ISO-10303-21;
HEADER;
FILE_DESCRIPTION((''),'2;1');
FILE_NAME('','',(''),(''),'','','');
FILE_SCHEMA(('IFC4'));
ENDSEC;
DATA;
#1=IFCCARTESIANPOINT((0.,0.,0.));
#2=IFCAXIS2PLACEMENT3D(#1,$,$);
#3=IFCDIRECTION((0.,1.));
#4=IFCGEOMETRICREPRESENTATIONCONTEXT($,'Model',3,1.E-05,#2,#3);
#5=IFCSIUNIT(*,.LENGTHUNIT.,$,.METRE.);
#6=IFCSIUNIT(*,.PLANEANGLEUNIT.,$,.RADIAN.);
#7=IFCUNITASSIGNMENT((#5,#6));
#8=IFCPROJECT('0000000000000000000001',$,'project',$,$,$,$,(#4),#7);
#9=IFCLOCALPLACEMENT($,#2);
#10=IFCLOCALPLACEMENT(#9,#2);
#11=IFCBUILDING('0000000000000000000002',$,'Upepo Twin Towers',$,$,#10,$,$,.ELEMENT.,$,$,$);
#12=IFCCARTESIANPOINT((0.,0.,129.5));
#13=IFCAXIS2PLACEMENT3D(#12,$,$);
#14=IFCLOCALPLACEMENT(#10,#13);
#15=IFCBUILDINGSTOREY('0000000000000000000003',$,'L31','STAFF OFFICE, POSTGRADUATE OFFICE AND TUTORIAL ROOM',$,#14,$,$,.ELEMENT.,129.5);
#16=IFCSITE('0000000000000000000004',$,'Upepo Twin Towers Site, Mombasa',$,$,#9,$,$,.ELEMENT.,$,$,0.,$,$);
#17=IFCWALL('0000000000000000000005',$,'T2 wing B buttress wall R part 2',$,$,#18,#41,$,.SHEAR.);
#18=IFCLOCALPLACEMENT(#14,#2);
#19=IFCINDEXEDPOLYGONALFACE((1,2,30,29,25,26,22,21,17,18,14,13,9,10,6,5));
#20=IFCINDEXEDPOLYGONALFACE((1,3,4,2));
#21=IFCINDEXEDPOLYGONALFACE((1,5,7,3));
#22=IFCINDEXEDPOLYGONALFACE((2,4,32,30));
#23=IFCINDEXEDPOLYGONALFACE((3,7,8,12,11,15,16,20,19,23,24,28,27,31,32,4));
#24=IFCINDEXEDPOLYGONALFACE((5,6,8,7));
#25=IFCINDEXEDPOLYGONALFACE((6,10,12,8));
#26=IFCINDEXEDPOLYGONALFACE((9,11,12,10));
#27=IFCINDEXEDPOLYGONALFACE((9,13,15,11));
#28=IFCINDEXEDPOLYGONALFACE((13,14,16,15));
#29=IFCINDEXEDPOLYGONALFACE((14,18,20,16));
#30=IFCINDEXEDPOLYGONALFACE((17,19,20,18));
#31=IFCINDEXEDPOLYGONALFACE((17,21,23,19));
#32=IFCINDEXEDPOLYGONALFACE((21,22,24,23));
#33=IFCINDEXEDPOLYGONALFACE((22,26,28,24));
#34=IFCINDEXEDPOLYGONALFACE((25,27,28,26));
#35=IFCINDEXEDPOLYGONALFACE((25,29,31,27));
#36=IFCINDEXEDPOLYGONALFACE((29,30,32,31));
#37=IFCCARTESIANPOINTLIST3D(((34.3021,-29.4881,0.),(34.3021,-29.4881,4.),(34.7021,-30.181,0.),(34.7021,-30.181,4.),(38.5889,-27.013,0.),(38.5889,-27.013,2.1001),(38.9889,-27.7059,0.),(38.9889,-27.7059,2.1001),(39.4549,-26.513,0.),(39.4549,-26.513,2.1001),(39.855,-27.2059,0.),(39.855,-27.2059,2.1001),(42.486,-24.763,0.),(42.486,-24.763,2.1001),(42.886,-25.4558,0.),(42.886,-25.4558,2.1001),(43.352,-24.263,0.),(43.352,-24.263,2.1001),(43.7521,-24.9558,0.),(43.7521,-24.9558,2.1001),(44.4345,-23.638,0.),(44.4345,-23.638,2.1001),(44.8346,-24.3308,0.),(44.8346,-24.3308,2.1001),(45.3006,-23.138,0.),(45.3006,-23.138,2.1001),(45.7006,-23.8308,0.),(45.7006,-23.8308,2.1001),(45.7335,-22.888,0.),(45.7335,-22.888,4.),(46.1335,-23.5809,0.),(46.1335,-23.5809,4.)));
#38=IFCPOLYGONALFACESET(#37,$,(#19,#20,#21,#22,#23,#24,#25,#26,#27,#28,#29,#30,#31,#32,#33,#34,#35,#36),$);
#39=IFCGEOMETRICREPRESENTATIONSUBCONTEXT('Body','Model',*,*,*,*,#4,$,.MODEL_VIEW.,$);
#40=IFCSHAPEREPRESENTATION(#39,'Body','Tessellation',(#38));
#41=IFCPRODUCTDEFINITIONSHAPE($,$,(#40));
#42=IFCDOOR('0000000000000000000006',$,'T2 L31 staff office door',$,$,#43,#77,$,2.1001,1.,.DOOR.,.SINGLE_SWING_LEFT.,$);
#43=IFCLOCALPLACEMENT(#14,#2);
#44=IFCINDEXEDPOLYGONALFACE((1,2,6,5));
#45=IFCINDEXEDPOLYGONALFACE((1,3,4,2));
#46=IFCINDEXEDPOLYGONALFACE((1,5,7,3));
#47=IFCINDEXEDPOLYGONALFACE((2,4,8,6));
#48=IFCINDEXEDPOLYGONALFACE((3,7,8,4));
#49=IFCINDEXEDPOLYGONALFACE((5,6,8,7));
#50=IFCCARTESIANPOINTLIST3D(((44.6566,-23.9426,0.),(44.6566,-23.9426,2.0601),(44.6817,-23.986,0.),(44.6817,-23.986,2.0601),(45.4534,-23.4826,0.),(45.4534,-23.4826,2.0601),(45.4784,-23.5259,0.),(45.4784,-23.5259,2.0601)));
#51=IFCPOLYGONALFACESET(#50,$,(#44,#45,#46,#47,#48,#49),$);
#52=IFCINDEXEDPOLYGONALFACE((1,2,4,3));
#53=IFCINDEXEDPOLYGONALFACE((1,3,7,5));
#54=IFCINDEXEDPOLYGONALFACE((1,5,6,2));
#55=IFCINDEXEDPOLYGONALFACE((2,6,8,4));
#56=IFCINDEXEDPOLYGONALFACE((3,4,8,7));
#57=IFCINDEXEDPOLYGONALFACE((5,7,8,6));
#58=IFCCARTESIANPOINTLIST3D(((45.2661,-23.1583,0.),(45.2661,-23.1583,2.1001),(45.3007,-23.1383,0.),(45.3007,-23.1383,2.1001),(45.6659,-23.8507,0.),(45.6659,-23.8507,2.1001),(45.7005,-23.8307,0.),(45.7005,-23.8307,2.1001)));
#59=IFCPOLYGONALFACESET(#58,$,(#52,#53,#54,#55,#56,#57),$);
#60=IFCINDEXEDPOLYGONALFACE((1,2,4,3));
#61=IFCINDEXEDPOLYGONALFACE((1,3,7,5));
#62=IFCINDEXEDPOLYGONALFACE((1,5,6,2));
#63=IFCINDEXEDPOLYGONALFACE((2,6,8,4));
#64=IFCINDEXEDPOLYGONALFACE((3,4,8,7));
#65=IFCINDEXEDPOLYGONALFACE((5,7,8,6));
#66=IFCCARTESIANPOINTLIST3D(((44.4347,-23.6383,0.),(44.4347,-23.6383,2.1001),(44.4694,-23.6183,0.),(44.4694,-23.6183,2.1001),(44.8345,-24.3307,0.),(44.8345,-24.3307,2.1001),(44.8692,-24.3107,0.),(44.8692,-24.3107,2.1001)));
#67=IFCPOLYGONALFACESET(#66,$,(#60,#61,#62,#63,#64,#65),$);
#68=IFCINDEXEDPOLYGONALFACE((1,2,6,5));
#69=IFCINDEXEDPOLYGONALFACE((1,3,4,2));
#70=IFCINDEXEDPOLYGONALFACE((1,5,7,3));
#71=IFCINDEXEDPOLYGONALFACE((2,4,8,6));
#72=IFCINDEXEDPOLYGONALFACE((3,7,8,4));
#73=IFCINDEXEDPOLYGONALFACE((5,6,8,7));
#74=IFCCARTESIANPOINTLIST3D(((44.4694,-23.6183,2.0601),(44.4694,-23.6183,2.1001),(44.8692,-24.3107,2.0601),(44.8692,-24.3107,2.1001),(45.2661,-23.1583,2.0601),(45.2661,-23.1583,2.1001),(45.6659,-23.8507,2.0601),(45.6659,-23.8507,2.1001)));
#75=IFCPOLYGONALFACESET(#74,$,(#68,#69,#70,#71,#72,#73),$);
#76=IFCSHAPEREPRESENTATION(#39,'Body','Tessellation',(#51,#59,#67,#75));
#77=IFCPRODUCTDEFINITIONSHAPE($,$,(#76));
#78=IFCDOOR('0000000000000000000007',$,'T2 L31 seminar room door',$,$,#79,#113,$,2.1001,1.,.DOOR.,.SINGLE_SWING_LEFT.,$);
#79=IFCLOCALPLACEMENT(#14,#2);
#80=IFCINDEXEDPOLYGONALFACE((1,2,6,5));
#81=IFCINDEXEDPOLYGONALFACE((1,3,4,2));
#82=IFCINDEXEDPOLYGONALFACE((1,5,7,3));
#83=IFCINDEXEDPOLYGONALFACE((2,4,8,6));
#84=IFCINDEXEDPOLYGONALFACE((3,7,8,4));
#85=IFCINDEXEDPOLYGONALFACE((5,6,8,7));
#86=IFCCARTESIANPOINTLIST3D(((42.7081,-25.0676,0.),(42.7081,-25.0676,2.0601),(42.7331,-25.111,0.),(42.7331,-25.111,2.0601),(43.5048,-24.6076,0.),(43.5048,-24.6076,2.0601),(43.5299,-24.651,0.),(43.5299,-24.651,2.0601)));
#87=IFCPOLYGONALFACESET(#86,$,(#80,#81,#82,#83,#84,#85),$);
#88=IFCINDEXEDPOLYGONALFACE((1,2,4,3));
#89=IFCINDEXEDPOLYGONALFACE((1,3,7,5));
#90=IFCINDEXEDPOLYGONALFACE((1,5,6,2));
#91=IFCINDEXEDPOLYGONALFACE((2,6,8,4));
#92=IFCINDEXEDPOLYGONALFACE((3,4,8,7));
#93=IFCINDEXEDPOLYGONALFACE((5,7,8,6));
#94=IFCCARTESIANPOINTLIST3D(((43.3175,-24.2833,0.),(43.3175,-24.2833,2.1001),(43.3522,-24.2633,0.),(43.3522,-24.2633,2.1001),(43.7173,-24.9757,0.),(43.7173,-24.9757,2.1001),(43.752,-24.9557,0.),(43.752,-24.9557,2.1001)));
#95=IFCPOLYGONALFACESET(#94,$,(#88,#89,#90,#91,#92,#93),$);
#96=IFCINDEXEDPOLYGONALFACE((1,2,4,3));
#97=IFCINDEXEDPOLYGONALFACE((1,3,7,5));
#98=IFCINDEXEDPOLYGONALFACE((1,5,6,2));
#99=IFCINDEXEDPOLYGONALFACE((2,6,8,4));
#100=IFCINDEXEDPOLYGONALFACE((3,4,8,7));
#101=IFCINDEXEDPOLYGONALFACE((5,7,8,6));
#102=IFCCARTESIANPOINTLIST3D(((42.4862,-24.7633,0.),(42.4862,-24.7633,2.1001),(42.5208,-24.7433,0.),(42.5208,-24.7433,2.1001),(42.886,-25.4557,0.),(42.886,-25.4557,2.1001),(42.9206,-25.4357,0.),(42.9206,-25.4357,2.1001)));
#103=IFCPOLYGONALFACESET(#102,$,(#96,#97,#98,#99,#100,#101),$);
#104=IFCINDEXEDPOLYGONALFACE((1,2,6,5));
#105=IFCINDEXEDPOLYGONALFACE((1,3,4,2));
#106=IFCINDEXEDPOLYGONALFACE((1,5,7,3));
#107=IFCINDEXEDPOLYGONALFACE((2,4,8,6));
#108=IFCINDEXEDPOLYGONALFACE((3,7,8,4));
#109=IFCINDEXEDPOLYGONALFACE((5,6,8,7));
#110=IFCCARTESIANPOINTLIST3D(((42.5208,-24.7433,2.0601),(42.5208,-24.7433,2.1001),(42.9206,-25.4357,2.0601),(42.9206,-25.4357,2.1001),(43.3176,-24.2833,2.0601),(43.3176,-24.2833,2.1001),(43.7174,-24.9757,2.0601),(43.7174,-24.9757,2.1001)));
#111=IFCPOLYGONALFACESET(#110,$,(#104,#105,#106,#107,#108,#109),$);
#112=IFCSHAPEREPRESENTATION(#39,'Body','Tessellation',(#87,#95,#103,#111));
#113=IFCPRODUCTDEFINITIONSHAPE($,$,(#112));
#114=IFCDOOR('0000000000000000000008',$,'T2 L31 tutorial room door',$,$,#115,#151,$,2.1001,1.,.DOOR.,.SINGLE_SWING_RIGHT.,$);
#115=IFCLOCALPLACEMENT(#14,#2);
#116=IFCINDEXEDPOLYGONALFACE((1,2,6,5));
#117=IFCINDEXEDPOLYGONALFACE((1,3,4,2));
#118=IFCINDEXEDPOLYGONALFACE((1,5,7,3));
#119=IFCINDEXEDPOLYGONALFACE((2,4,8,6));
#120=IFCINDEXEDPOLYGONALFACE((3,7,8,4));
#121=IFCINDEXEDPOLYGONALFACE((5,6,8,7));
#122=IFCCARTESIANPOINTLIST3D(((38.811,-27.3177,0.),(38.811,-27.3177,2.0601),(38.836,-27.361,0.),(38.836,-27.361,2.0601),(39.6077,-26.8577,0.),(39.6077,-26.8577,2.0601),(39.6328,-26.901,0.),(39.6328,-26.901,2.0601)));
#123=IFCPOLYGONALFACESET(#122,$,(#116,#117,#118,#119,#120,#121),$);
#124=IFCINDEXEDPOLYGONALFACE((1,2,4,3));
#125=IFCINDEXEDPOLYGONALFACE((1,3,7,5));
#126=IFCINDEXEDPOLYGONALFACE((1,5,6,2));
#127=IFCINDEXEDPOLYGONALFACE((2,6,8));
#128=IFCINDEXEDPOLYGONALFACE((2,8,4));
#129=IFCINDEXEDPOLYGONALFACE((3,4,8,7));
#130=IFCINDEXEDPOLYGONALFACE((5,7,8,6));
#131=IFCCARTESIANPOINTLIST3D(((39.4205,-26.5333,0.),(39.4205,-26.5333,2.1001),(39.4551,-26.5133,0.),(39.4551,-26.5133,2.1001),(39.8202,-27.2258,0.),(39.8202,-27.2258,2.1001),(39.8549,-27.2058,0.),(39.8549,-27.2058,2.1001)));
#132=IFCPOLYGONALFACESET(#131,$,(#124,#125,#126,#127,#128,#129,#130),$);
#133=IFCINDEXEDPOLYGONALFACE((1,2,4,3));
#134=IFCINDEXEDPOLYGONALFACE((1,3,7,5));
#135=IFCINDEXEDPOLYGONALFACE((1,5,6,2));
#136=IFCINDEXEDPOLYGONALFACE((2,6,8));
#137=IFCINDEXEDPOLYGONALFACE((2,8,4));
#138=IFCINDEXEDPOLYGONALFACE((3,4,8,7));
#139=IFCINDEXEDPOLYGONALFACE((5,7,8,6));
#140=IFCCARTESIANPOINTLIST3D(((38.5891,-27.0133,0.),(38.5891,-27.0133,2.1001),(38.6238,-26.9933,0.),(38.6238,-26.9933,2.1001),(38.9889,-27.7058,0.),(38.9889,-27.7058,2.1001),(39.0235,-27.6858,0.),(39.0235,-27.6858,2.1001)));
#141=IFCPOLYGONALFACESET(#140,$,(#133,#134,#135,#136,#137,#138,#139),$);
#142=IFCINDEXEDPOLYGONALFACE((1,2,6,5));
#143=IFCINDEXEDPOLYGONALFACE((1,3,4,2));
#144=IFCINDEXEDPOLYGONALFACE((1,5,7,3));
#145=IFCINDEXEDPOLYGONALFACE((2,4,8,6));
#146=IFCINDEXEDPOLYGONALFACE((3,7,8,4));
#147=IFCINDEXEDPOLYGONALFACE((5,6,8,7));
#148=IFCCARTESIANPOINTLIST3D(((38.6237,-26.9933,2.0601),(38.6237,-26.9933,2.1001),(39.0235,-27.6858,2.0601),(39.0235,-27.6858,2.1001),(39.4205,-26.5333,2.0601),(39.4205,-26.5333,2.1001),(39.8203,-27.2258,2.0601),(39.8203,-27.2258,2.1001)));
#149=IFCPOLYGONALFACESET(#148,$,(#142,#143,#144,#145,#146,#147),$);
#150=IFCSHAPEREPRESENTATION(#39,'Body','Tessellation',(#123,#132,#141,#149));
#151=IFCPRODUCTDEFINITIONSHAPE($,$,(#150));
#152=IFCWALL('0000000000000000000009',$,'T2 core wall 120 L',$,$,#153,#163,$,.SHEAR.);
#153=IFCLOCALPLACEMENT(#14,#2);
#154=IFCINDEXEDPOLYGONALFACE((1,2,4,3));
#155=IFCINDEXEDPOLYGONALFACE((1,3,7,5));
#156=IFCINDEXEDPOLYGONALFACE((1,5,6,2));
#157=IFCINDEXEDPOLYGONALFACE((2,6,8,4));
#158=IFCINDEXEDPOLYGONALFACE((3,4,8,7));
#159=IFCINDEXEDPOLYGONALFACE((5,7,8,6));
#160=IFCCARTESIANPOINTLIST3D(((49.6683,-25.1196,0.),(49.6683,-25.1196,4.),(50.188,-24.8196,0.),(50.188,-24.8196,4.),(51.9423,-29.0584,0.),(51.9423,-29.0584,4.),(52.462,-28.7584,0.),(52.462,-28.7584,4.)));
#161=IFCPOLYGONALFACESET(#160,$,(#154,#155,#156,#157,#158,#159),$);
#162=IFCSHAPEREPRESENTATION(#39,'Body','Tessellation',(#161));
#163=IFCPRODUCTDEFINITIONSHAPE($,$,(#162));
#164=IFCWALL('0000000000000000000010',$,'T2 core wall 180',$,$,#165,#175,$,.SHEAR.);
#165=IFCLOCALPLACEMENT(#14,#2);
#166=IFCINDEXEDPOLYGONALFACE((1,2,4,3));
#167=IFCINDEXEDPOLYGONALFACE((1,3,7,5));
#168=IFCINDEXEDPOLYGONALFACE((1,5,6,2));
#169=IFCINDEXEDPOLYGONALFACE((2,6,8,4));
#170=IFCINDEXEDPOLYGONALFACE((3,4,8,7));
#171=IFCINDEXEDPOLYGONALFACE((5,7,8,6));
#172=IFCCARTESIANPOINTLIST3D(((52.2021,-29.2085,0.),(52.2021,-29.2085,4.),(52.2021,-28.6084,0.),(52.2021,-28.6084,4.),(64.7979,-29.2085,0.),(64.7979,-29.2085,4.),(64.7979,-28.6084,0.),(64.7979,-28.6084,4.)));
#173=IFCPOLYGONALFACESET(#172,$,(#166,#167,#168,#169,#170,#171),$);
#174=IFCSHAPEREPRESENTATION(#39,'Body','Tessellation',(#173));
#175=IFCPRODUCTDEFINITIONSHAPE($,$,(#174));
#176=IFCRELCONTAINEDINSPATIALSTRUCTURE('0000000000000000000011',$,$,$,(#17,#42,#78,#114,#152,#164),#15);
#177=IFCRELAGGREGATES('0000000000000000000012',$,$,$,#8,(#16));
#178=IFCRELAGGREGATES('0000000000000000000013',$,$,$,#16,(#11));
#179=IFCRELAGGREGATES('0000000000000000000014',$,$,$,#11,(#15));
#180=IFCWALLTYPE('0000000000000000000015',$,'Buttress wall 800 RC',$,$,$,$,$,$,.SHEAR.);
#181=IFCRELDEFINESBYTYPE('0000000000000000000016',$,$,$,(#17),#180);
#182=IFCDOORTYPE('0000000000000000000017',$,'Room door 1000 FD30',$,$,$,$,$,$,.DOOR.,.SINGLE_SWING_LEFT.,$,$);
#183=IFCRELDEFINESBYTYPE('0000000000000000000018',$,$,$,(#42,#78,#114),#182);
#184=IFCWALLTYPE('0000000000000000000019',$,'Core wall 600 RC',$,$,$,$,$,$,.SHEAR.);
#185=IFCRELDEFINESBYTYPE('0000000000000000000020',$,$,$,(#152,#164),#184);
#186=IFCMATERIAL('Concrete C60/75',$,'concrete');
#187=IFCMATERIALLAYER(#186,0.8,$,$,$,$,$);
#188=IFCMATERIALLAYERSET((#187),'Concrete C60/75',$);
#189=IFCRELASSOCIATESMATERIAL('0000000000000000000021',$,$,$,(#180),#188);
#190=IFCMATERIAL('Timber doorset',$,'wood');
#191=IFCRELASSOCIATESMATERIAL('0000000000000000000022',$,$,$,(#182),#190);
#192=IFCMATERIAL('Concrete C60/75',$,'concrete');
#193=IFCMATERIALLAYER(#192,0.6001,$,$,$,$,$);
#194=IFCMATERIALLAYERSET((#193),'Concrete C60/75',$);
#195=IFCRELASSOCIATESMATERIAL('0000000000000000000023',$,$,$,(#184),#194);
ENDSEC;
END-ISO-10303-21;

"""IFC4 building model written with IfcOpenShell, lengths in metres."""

from ifc_helpers import new_model, si_unit, direction, frame, frame_2d, origin, place, context, subcontext, project, spatial, rectangle, extrude, material, layer, layer_set, type_object, element, fill, save


model = new_model("IFC4")

# Units and contexts
model_context = context("Model", 3, precision=1e-05, world=origin(), true_north=direction((0.0, 1.0)))
body_context = subcontext(model_context, "Body", "Model", "MODEL_VIEW")
ifc_project = project(units=[si_unit("LENGTHUNIT", "METRE"), si_unit("PLANEANGLEUNIT", "RADIAN")], contexts=[model_context])

# Site, building, storey
site_placement = place(None, origin())
site = spatial("IfcSite", under=ifc_project, at=site_placement, Name="Upepo Twin Towers Site, Mombasa", CompositionType="ELEMENT", RefElevation=0.0)
building_placement = place(site_placement, origin())
building = spatial("IfcBuilding", under=site, at=building_placement, Name="Upepo Twin Towers", CompositionType="ELEMENT")
storey_placement = place(building_placement, frame((0.0, 0.0, 129.5)))
storey = spatial("IfcBuildingStorey", under=building, at=storey_placement, Name="L31", Description="STAFF OFFICE, POSTGRADUATE OFFICE AND TUTORIAL ROOM", CompositionType="ELEMENT", Elevation=129.5)

# Wall, openings, doors
ifc_material_1 = material(Name="Concrete C60/75", Category="concrete")
ifc_layer_1 = layer(ifc_material_1, 0.8)
ifc_layer_set_1 = layer_set([ifc_layer_1], Name="Concrete C60/75")
wall_type_1 = type_object("IfcWallType", Name="Buttress wall 800 RC", PredefinedType="SHEAR", material=ifc_layer_set_1)
ifc_material_2 = material(Name="Timber doorset", Category="wood")
door_type_1 = type_object("IfcDoorType", Name="Room door 1000 FD30", OperationType="SINGLE_SWING_LEFT", PredefinedType="DOOR", material=ifc_material_2)
wall_1_placement = place(storey_placement, frame((45.9336, -23.2344, 0.0), z_axis=(0.0, 0.0, 1.0), x_axis=(-0.86602, -0.50001, 0.0)))
wall_1 = element("IfcWall", 1, at=wall_1_placement, inside=storey, type_object=wall_type_1, Name="T2 wing B buttress wall R part 2", PredefinedType="SHEAR", context=body_context, shape_type="SweptSolid", body=[
    extrude(rectangle(XDim=13.2, YDim=0.8, at=frame_2d((6.6001, 0.0))), origin(), (0.0, 0.0, 1.0), 4.0),
])
opening_1_placement = place(wall_1_placement, frame((0.5, 0.0, 0.0)))
opening_1 = element("IfcOpeningElement", 2, at=opening_1_placement, cuts=wall_1, PredefinedType="OPENING", context=body_context, shape_type="SweptSolid", body=[
    extrude(rectangle(XDim=1.0, YDim=2.1001, at=frame_2d((0.5, 1.05))), frame((0.0, 0.4099, 0.0), z_axis=(0.0, -1.0, 0.0), x_axis=(1.0, 0.0, 0.0)), (0.0, 0.0, 1.0), 0.8201),
])
opening_2_placement = place(wall_1_placement, frame((2.75, 0.0, 0.0)))
opening_2 = element("IfcOpeningElement", 3, at=opening_2_placement, cuts=wall_1, PredefinedType="OPENING", context=body_context, shape_type="SweptSolid", body=[
    extrude(rectangle(XDim=1.0, YDim=2.1001, at=frame_2d((0.5, 1.05))), frame((0.0, 0.4099, 0.0), z_axis=(0.0, -1.0, 0.0), x_axis=(1.0, 0.0, 0.0)), (0.0, 0.0, 1.0), 0.8201),
])
opening_3_placement = place(wall_1_placement, frame((7.25, 0.0, 0.0)))
opening_3 = element("IfcOpeningElement", 4, at=opening_3_placement, cuts=wall_1, PredefinedType="OPENING", context=body_context, shape_type="SweptSolid", body=[
    extrude(rectangle(XDim=1.0, YDim=2.1001, at=frame_2d((0.5, 1.05))), frame((0.0, 0.4099, 0.0), z_axis=(0.0, -1.0, 0.0), x_axis=(1.0, 0.0, 0.0)), (0.0, 0.0, 1.0), 0.8201),
])
door_1_placement = place(opening_1_placement, origin())
door_1 = element("IfcDoor", 5, at=door_1_placement, inside=storey, type_object=door_type_1, Name="T2 L31 staff office door", OperationType="SINGLE_SWING_LEFT", OverallHeight=2.1001, OverallWidth=1.0, PredefinedType="DOOR", context=body_context, shape_type="SweptSolid", body=[
    extrude(rectangle(XDim=0.92, YDim=2.0601, at=frame_2d((0.5, 1.03))), frame((0.0, 0.0249, 0.0), z_axis=(0.0, -1.0, 0.0), x_axis=(1.0, 0.0, 0.0)), (0.0, 0.0, 1.0), 0.05),
    extrude(rectangle(XDim=0.04, YDim=2.1001, at=frame_2d((0.02, 1.05))), frame((0.0, 0.3999, 0.0), z_axis=(0.0, -1.0, 0.0), x_axis=(1.0, 0.0, 0.0)), (0.0, 0.0, 1.0), 0.7996),
    extrude(rectangle(XDim=0.04, YDim=2.1001, at=frame_2d((0.98, 1.05))), frame((0.0, 0.3999, 0.0), z_axis=(0.0, -1.0, 0.0), x_axis=(1.0, 0.0, 0.0)), (0.0, 0.0, 1.0), 0.7996),
    extrude(rectangle(XDim=0.92, YDim=0.04, at=frame_2d((0.5, 2.0801))), frame((0.0, 0.3999, 0.0), z_axis=(0.0, -1.0, 0.0), x_axis=(1.0, 0.0, 0.0)), (0.0, 0.0, 1.0), 0.7996),
])
fill(opening_1, door_1)
door_2_placement = place(opening_2_placement, origin())
door_2 = element("IfcDoor", 6, at=door_2_placement, inside=storey, type_object=door_type_1, Name="T2 L31 seminar room door", OperationType="SINGLE_SWING_LEFT", OverallHeight=2.1001, OverallWidth=1.0, PredefinedType="DOOR", context=body_context, shape_type="SweptSolid", body=[
    extrude(rectangle(XDim=0.92, YDim=2.0601, at=frame_2d((0.5, 1.03))), frame((0.0, 0.0249, 0.0), z_axis=(0.0, -1.0, 0.0), x_axis=(1.0, 0.0, 0.0)), (0.0, 0.0, 1.0), 0.05),
    extrude(rectangle(XDim=0.04, YDim=2.1001, at=frame_2d((0.02, 1.05))), frame((0.0, 0.3999, 0.0), z_axis=(0.0, -1.0, 0.0), x_axis=(1.0, 0.0, 0.0)), (0.0, 0.0, 1.0), 0.7996),
    extrude(rectangle(XDim=0.04, YDim=2.1001, at=frame_2d((0.98, 1.05))), frame((0.0, 0.3999, 0.0), z_axis=(0.0, -1.0, 0.0), x_axis=(1.0, 0.0, 0.0)), (0.0, 0.0, 1.0), 0.7996),
    extrude(rectangle(XDim=0.92, YDim=0.04, at=frame_2d((0.5, 2.0801))), frame((0.0, 0.3999, 0.0), z_axis=(0.0, -1.0, 0.0), x_axis=(1.0, 0.0, 0.0)), (0.0, 0.0, 1.0), 0.7996),
])
fill(opening_2, door_2)
door_3_placement = place(opening_3_placement, origin())
door_3 = element("IfcDoor", 7, at=door_3_placement, inside=storey, type_object=door_type_1, Name="T2 L31 tutorial room door", OperationType="SINGLE_SWING_RIGHT", OverallHeight=2.1001, OverallWidth=1.0, PredefinedType="DOOR", context=body_context, shape_type="SweptSolid", body=[
    extrude(rectangle(XDim=0.92, YDim=2.0601, at=frame_2d((0.5, 1.03))), frame((0.0, 0.0249, 0.0), z_axis=(0.0, -1.0, 0.0), x_axis=(1.0, 0.0, 0.0)), (0.0, 0.0, 1.0), 0.05),
    extrude(rectangle(XDim=0.04, YDim=2.1001, at=frame_2d((0.02, 1.05))), frame((0.0, 0.3999, 0.0), z_axis=(0.0, -1.0, 0.0), x_axis=(1.0, 0.0, 0.0)), (0.0, 0.0, 1.0), 0.7996),
    extrude(rectangle(XDim=0.04, YDim=2.1001, at=frame_2d((0.98, 1.05))), frame((0.0, 0.3999, 0.0), z_axis=(0.0, -1.0, 0.0), x_axis=(1.0, 0.0, 0.0)), (0.0, 0.0, 1.0), 0.7996),
    extrude(rectangle(XDim=0.92, YDim=0.04, at=frame_2d((0.5, 2.0801))), frame((0.0, 0.3999, 0.0), z_axis=(0.0, -1.0, 0.0), x_axis=(1.0, 0.0, 0.0)), (0.0, 0.0, 1.0), 0.7996),
])
fill(opening_3, door_3)

# Walls
ifc_material_3 = material(Name="Concrete C60/75", Category="concrete")
ifc_layer_2 = layer(ifc_material_3, 0.6001)
ifc_layer_set_2 = layer_set([ifc_layer_2], Name="Concrete C60/75")
wall_type_2 = type_object("IfcWallType", Name="Core wall 600 RC", PredefinedType="SHEAR", material=ifc_layer_set_2)
wall_2_placement = place(storey_placement, frame((49.9282, -24.9697, 0.0), z_axis=(0.0, 0.0, 1.0), x_axis=(0.499984, -0.866035, 0.0)))
element("IfcWall", 8, at=wall_2_placement, inside=storey, type_object=wall_type_2, Name="T2 core wall 120 L", PredefinedType="SHEAR", context=body_context, shape_type="SweptSolid", body=[
    extrude(rectangle(XDim=4.5481, YDim=0.6001, at=frame_2d((2.2739, 0.0))), origin(), (0.0, 0.0, 1.0), 4.0),
])
wall_3_placement = place(storey_placement, frame((52.2021, -28.9084, 0.0), z_axis=(0.0, 0.0, 1.0), x_axis=(1.0, 0.0, 0.0)))
element("IfcWall", 9, at=wall_3_placement, inside=storey, type_object=wall_type_2, Name="T2 core wall 180", PredefinedType="SHEAR", context=body_context, shape_type="SweptSolid", body=[
    extrude(rectangle(XDim=12.5957, YDim=0.6001, at=frame_2d((6.2979, 0.0))), origin(), (0.0, 0.0, 1.0), 4.0),
])

save(model, "model.ifc")
